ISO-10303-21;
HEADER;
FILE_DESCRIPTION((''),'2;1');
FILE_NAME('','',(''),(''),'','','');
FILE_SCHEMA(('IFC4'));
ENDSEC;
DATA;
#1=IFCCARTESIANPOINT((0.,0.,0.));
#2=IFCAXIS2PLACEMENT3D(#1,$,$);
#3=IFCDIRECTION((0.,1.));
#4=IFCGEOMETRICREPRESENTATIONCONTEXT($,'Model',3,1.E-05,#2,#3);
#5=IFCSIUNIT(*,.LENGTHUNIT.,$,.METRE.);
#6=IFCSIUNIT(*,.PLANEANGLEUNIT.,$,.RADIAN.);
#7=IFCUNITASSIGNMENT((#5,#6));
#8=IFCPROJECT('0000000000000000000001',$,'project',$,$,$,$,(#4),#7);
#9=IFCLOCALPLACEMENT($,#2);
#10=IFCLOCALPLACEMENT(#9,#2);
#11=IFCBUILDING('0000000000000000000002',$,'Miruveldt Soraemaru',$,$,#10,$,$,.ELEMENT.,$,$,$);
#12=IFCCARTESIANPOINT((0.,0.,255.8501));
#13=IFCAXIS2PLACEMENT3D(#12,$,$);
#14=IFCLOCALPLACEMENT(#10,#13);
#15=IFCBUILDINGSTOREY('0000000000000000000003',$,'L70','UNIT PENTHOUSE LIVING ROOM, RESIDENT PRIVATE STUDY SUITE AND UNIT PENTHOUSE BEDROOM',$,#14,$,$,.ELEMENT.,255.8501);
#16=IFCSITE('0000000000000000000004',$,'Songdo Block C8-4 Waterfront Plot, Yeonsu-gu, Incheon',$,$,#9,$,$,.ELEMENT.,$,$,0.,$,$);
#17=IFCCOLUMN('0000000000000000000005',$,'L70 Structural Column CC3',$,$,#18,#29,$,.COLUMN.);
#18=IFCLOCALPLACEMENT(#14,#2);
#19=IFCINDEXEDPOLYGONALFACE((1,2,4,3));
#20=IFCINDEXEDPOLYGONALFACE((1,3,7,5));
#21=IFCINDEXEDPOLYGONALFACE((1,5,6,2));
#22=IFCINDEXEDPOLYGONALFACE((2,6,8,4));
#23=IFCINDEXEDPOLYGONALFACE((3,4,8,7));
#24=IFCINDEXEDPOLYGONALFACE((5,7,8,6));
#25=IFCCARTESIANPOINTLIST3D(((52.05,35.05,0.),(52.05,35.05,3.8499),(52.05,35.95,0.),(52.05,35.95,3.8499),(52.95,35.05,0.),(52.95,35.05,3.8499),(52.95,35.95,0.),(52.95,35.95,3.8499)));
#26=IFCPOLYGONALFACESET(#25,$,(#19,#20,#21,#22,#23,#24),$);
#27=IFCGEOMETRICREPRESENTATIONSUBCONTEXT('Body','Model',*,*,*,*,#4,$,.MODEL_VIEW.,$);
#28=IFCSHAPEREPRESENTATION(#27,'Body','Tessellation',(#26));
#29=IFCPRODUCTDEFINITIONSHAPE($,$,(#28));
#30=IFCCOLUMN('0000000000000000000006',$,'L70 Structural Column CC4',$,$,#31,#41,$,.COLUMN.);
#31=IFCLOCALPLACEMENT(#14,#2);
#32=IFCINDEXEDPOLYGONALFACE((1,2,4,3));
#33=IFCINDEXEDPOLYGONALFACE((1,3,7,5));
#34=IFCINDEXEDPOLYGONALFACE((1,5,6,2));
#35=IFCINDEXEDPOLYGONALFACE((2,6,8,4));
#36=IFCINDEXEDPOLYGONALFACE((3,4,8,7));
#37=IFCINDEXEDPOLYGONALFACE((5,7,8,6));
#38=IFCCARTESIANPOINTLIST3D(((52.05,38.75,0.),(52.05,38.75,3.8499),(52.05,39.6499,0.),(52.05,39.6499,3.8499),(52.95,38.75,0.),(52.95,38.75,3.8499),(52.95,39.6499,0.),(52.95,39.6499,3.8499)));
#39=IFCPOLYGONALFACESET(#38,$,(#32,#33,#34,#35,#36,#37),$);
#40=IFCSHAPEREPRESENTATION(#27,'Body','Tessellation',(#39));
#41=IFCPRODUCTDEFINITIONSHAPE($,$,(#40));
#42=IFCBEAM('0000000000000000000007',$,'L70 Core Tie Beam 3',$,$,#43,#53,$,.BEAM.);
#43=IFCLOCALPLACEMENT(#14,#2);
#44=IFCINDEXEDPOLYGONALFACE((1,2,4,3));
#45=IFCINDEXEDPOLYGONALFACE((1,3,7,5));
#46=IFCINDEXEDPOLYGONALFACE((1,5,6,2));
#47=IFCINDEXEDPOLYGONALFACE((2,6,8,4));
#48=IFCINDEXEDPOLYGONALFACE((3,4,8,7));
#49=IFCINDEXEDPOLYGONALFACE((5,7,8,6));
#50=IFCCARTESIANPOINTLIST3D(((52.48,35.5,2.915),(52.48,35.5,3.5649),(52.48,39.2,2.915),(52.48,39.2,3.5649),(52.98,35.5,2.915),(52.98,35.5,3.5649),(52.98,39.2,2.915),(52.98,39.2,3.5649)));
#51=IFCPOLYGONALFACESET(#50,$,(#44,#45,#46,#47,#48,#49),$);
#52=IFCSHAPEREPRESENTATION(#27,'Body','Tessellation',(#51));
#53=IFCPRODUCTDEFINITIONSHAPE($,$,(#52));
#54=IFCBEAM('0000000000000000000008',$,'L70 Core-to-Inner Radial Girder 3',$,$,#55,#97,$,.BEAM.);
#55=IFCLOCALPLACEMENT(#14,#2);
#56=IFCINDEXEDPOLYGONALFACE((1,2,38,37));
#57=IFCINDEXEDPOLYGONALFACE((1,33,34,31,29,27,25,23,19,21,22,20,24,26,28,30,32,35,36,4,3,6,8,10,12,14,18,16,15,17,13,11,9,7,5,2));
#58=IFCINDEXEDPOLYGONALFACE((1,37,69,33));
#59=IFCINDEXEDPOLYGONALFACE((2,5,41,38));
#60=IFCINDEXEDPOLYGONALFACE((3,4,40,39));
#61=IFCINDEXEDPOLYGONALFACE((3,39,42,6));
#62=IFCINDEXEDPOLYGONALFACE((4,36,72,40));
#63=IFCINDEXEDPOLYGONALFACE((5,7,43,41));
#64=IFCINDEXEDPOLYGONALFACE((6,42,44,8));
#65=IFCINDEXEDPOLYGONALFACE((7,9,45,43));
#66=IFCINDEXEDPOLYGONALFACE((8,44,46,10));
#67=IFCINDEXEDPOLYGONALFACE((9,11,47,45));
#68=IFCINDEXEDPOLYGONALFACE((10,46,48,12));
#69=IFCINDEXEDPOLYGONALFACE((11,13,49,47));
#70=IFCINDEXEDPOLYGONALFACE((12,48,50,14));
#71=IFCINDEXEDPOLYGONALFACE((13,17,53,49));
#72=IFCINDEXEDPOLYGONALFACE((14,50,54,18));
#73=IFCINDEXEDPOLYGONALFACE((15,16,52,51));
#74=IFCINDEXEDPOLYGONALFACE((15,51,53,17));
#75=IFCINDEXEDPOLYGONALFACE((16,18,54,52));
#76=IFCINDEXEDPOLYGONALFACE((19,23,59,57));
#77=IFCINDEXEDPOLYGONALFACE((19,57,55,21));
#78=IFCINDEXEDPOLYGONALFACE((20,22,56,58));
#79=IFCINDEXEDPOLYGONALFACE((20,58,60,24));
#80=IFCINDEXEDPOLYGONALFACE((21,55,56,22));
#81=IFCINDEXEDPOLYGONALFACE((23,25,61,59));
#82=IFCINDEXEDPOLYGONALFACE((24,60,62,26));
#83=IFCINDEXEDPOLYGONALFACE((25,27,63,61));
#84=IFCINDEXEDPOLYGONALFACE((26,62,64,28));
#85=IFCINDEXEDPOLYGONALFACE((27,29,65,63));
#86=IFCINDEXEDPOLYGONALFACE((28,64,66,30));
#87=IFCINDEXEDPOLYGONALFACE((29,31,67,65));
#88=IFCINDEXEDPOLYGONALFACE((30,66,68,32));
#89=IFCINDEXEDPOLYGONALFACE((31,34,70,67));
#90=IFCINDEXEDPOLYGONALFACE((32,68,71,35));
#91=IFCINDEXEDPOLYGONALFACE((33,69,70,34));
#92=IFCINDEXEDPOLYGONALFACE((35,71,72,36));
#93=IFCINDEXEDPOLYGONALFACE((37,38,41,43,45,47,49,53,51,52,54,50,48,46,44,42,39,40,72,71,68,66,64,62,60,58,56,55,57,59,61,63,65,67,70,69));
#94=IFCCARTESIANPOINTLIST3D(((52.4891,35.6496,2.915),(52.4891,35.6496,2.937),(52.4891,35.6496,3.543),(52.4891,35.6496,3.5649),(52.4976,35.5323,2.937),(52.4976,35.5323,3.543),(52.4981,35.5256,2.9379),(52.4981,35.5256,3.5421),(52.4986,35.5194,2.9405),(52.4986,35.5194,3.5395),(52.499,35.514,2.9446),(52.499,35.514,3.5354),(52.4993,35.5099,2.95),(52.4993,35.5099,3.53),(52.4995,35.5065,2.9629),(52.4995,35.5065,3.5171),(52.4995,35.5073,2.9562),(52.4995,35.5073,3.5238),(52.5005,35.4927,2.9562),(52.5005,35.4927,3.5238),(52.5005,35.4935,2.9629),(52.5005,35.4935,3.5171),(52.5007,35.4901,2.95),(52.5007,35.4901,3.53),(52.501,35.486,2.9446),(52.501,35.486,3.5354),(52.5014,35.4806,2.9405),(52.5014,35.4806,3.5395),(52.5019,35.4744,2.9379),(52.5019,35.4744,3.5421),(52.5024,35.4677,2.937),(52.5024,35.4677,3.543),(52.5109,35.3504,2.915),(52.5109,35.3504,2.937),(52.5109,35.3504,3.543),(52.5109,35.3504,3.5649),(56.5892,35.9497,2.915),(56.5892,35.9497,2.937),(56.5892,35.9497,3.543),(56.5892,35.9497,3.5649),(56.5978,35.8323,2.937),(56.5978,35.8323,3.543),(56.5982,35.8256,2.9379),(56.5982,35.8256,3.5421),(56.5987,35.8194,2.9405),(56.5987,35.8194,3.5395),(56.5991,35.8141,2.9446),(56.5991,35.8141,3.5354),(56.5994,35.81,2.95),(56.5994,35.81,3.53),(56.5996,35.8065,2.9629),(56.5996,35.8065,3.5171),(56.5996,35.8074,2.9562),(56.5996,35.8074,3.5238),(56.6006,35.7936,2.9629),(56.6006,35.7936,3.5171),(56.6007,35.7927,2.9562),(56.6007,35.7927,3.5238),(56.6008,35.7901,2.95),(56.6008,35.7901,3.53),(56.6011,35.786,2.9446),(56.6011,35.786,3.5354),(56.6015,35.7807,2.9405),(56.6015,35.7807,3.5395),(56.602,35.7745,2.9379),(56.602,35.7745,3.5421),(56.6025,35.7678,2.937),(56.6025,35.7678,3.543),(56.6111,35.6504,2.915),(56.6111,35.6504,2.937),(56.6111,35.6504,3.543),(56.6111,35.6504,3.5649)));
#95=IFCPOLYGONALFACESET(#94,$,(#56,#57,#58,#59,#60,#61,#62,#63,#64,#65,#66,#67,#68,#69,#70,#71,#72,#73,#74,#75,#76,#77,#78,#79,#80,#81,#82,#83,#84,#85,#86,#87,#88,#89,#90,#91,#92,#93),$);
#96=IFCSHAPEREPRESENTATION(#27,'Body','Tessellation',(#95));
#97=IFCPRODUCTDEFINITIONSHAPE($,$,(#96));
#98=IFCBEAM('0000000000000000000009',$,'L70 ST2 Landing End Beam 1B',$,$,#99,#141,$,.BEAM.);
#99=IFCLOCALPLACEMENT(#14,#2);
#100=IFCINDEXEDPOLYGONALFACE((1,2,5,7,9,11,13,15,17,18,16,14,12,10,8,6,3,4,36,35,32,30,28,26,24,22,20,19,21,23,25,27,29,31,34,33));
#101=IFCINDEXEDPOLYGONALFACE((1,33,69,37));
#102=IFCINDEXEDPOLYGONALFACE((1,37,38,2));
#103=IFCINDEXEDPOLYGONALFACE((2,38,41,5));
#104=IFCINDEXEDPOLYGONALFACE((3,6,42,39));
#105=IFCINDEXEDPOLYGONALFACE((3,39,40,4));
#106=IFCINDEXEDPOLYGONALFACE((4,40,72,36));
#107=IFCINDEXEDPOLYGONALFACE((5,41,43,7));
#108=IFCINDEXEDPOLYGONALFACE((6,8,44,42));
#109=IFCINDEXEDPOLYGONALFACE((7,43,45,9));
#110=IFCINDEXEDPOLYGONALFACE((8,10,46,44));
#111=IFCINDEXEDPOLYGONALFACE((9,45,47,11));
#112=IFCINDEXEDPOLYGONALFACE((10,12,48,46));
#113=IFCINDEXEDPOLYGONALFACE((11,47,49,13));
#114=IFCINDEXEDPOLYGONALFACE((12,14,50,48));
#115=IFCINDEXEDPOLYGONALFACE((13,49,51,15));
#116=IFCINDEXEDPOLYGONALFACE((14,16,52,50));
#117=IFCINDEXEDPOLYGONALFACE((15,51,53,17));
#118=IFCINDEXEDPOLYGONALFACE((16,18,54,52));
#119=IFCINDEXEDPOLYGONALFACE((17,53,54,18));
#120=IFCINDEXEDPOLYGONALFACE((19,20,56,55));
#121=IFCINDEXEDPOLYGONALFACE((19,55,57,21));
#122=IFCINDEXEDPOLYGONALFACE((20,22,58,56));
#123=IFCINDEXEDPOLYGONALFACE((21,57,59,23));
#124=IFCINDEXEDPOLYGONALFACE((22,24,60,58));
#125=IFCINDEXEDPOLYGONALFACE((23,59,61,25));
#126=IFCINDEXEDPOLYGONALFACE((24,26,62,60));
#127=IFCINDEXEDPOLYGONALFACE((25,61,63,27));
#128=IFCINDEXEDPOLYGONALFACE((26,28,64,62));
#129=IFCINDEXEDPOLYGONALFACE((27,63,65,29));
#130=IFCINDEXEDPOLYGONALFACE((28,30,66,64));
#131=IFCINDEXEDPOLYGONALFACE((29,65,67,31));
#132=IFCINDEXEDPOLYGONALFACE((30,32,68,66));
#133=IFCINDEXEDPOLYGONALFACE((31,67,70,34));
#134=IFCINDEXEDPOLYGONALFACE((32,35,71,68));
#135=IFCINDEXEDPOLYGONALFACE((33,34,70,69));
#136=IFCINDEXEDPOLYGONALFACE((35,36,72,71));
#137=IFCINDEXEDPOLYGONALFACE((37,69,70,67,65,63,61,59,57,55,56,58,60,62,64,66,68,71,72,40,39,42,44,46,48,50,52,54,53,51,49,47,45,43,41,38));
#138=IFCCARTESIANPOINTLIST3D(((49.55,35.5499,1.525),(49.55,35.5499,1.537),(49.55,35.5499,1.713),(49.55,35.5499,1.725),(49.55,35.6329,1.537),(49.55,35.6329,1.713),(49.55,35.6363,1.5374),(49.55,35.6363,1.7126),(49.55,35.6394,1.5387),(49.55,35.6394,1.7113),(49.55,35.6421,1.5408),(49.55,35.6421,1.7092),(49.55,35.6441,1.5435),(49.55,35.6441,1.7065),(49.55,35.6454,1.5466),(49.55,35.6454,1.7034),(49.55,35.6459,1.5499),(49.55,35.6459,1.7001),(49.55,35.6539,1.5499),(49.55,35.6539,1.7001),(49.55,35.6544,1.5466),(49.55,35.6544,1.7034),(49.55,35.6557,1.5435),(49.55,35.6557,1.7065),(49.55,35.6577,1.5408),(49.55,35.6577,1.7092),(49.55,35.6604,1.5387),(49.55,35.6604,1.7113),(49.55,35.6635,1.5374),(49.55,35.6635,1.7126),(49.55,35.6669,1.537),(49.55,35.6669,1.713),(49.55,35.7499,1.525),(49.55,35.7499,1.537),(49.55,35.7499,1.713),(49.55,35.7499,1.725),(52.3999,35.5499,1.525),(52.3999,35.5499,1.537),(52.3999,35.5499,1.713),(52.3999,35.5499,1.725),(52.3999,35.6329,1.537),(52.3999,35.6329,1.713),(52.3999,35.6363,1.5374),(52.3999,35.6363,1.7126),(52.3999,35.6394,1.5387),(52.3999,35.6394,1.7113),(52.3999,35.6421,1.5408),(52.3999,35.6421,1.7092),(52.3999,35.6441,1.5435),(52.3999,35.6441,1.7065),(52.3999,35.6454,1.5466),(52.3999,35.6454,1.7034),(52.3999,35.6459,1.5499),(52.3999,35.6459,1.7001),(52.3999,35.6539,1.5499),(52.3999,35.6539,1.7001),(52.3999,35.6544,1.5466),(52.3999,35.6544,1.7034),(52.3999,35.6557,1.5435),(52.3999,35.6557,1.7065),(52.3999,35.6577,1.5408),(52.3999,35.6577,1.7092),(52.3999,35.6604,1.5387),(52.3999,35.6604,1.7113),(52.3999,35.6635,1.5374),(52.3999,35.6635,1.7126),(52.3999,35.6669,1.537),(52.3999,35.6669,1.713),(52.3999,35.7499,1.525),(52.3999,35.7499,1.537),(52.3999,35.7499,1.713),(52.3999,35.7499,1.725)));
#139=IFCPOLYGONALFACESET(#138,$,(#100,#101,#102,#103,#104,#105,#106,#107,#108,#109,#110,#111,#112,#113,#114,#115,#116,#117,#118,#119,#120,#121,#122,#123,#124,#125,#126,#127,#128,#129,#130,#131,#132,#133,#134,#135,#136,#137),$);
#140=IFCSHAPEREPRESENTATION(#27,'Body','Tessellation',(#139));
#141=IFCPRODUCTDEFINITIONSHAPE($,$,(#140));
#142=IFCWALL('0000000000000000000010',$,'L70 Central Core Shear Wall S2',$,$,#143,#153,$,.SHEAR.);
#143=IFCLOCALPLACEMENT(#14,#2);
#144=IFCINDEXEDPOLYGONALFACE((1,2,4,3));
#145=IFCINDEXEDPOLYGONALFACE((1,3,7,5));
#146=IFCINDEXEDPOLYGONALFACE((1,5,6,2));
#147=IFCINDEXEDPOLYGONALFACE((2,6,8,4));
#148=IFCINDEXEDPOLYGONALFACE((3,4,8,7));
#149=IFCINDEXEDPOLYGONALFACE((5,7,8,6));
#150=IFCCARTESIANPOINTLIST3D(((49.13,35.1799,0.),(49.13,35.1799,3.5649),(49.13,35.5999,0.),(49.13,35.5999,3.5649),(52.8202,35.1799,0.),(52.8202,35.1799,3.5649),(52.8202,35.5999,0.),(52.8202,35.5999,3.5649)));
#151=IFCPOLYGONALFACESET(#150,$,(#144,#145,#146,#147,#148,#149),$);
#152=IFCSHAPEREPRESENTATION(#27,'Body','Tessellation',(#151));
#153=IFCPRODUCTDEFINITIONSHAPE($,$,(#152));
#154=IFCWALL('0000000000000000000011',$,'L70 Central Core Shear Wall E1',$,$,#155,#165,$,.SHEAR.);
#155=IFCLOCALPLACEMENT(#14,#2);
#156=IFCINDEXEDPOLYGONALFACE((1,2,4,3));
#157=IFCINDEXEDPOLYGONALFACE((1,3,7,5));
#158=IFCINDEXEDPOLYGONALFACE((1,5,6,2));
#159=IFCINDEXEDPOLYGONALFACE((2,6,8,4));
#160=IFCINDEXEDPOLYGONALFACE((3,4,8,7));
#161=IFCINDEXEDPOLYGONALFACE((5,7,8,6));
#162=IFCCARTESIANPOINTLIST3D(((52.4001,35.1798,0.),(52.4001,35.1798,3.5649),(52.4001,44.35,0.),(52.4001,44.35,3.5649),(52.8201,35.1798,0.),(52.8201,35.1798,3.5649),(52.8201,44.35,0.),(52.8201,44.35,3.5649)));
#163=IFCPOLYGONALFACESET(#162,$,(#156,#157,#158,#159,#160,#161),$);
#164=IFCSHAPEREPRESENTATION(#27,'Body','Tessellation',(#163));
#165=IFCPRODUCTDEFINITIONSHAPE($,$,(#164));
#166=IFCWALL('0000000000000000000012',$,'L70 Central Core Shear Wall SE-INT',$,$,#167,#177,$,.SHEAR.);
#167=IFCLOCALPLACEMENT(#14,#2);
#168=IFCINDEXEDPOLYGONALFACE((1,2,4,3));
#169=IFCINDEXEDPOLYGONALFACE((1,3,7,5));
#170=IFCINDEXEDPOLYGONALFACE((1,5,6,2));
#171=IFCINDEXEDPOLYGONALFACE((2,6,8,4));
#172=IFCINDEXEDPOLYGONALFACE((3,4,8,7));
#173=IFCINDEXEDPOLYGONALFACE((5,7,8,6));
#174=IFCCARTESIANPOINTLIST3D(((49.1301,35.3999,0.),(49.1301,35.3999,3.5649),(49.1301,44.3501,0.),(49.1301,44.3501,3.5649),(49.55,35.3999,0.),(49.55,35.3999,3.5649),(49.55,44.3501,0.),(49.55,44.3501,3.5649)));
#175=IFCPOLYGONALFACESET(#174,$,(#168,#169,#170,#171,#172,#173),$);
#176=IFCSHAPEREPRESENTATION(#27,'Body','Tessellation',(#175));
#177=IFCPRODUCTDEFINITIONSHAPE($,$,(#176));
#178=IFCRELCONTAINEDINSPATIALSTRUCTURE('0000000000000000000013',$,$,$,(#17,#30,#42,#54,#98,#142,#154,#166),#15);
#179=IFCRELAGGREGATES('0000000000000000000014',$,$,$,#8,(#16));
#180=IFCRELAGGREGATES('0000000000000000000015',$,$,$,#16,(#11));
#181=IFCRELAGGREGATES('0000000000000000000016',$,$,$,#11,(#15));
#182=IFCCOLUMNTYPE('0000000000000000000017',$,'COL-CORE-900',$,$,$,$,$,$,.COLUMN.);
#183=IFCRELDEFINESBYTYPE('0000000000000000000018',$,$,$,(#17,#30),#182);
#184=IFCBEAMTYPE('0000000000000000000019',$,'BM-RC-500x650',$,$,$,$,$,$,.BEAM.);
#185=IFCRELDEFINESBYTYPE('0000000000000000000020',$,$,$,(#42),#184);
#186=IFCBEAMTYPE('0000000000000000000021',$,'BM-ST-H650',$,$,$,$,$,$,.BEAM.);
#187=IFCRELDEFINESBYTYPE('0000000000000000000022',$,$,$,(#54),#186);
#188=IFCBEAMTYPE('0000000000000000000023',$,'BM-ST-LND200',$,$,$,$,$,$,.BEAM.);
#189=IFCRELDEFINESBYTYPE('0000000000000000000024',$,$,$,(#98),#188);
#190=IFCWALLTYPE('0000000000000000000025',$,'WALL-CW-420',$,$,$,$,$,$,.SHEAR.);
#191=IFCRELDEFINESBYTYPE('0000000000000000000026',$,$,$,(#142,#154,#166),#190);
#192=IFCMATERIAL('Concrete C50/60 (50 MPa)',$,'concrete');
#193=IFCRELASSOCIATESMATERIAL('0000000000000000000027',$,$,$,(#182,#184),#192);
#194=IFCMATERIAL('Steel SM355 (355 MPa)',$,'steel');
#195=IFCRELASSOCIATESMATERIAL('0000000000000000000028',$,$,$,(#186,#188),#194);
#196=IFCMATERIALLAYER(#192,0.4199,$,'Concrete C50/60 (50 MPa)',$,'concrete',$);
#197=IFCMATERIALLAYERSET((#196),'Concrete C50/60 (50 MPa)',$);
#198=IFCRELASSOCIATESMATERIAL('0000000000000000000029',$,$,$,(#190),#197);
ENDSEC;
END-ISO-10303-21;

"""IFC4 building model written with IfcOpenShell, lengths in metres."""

from ifc_helpers import new_model, si_unit, direction, frame, frame_2d, origin, origin_2d, place, context, subcontext, project, spatial, rectangle, i_section, extrude, material, layer, layer_set, material_profile, profile_set, type_object, element, save


model = new_model("IFC4")

# Units and contexts
model_context = context("Model", 3, precision=1e-05, world=origin(), true_north=direction((0.0, 1.0)))
body_context = subcontext(model_context, "Body", "Model", "MODEL_VIEW")
ifc_project = project(units=[si_unit("LENGTHUNIT", "METRE"), si_unit("PLANEANGLEUNIT", "RADIAN")], contexts=[model_context])

# Site, building, storey
site_placement = place(None, origin())
site = spatial("IfcSite", under=ifc_project, at=site_placement, Name="Songdo Block C8-4 Waterfront Plot, Yeonsu-gu, Incheon", CompositionType="ELEMENT", RefElevation=0.0)
building_placement = place(site_placement, origin())
building = spatial("IfcBuilding", under=site, at=building_placement, Name="Miruveldt Soraemaru", CompositionType="ELEMENT")
storey_placement = place(building_placement, frame((0.0, 0.0, 255.8501)))
storey = spatial("IfcBuildingStorey", under=building, at=storey_placement, Name="L70", Description="UNIT PENTHOUSE LIVING ROOM, RESIDENT PRIVATE STUDY SUITE AND UNIT PENTHOUSE BEDROOM", CompositionType="ELEMENT", Elevation=255.8501)

# Columns
ifc_material_1 = material(Name="Concrete C50/60 (50 MPa)", Category="concrete")
ifc_material_profile_1 = material_profile(ifc_material_1, rectangle(XDim=0.8999, YDim=0.8999, at=origin_2d()), Name="Concrete C50/60 (50 MPa)", Category="concrete")
ifc_profile_set_1 = profile_set([ifc_material_profile_1], Name="Concrete C50/60 (50 MPa)")
column_type = type_object("IfcColumnType", Name="COL-CORE-900", PredefinedType="COLUMN", material=ifc_profile_set_1)
for number, where, z_axis, x_axis, name in (
    (1, (52.5, 35.5, 0.0), (0.0, 0.0, 1.0), (1.0, 0.0, 0.0), "L70 Structural Column CC3"),
    (2, (52.5, 39.2, 0.0), (0.0, 0.0, 1.0), (1.0, 0.0, 0.0), "L70 Structural Column CC4"),
):
    element("IfcColumn", number, at=place(storey_placement, frame(where, z_axis=z_axis, x_axis=x_axis)), inside=storey, type_object=column_type, Name=name, PredefinedType="COLUMN", context=body_context, shape_type="SweptSolid", body=[
        extrude(rectangle(XDim=0.8999, YDim=0.8999, at=origin_2d()), origin(), (0.0, 0.0, 1.0), 3.8499),
    ])

# Beams
ifc_material_profile_2 = material_profile(ifc_material_1, rectangle(XDim=0.5, YDim=0.6499, at=origin_2d()), Name="Concrete C50/60 (50 MPa)", Category="concrete")
ifc_profile_set_2 = profile_set([ifc_material_profile_2], Name="Concrete C50/60 (50 MPa)")
beam_type_1 = type_object("IfcBeamType", Name="BM-RC-500x650", PredefinedType="BEAM", material=ifc_profile_set_2)
beam_1_placement = place(storey_placement, frame((52.73, 35.5, 3.24), z_axis=(0.0, 1.0, 0.0), x_axis=(-1.0, 0.0, 0.0)))
element("IfcBeam", 3, at=beam_1_placement, inside=storey, type_object=beam_type_1, Name="L70 Core Tie Beam 3", PredefinedType="BEAM", context=body_context, shape_type="SweptSolid", body=[
    extrude(rectangle(XDim=0.5, YDim=0.6499, at=origin_2d()), origin(), (0.0, 0.0, 1.0), 3.7),
])
ifc_material_2 = material(Name="Steel SM355 (355 MPa)", Category="steel")
ifc_material_profile_3 = material_profile(ifc_material_2, i_section(OverallWidth=0.3, OverallDepth=0.6499, WebThickness=0.0129, FlangeThickness=0.022, FilletRadius=0.0259, at=origin_2d()), Name="Steel SM355 (355 MPa)", Category="steel")
ifc_profile_set_3 = profile_set([ifc_material_profile_3], Name="Steel SM355 (355 MPa)")
beam_type_2 = type_object("IfcBeamType", Name="BM-ST-H650", PredefinedType="BEAM", material=ifc_profile_set_3)
beam_2_placement = place(storey_placement, frame((52.5, 35.5, 3.24), z_axis=(0.997333, 0.072986, 0.0), x_axis=(-0.072986, 0.997333, 0.0)))
element("IfcBeam", 4, at=beam_2_placement, inside=storey, type_object=beam_type_2, Name="L70 Core-to-Inner Radial Girder 3", PredefinedType="BEAM", context=body_context, shape_type="SweptSolid", body=[
    extrude(i_section(OverallWidth=0.3, OverallDepth=0.6499, WebThickness=0.0129, FlangeThickness=0.022, FilletRadius=0.0259, at=origin_2d()), origin(), (0.0, 0.0, 1.0), 4.1111),
])
ifc_material_profile_4 = material_profile(ifc_material_2, i_section(OverallWidth=0.2, OverallDepth=0.2, WebThickness=0.0081, FlangeThickness=0.012, FilletRadius=0.0129, at=origin_2d()), Name="Steel SM355 (355 MPa)", Category="steel")
ifc_profile_set_4 = profile_set([ifc_material_profile_4], Name="Steel SM355 (355 MPa)")
beam_type_3 = type_object("IfcBeamType", Name="BM-ST-LND200", PredefinedType="BEAM", material=ifc_profile_set_4)
beam_3_placement = place(storey_placement, frame((49.55, 35.6499, 1.625), z_axis=(1.0, 0.0, 0.0), x_axis=(0.0, 1.0, 0.0)))
element("IfcBeam", 5, at=beam_3_placement, inside=storey, type_object=beam_type_3, Name="L70 ST2 Landing End Beam 1B", PredefinedType="BEAM", context=body_context, shape_type="SweptSolid", body=[
    extrude(i_section(OverallWidth=0.2, OverallDepth=0.2, WebThickness=0.0081, FlangeThickness=0.012, FilletRadius=0.0129, at=origin_2d()), origin(), (0.0, 0.0, 1.0), 2.8499),
])

# Walls
ifc_layer_1 = layer(ifc_material_1, 0.4199, Name="Concrete C50/60 (50 MPa)", Category="concrete")
ifc_layer_set_1 = layer_set([ifc_layer_1], Name="Concrete C50/60 (50 MPa)")
wall_type_1 = type_object("IfcWallType", Name="WALL-CW-420", PredefinedType="SHEAR", material=ifc_layer_set_1)
wall_1_placement = place(storey_placement, frame((49.1299, 35.3899, 0.0), z_axis=(0.0, 0.0, 1.0), x_axis=(1.0, 0.0, 0.0)))
element("IfcWall", 6, at=wall_1_placement, inside=storey, type_object=wall_type_1, Name="L70 Central Core Shear Wall S2", PredefinedType="SHEAR", context=body_context, shape_type="SweptSolid", body=[
    extrude(rectangle(XDim=3.6902, YDim=0.4199, at=frame_2d((1.8452, 0.0))), origin(), (0.0, 0.0, 1.0), 3.5649),
])
wall_2_placement = place(storey_placement, frame((52.6101, 35.1799, 0.0), z_axis=(0.0, 0.0, 1.0), x_axis=(0.0, 1.0, 0.0)))
element("IfcWall", 7, at=wall_2_placement, inside=storey, type_object=wall_type_1, Name="L70 Central Core Shear Wall E1", PredefinedType="SHEAR", context=body_context, shape_type="SweptSolid", body=[
    extrude(rectangle(XDim=9.1702, YDim=0.4199, at=frame_2d((4.585, 0.0))), origin(), (0.0, 0.0, 1.0), 3.5649),
])
wall_3_placement = place(storey_placement, frame((49.3401, 35.3999, 0.0), z_axis=(0.0, 0.0, 1.0), x_axis=(0.0, 1.0, 0.0)))
element("IfcWall", 8, at=wall_3_placement, inside=storey, type_object=wall_type_1, Name="L70 Central Core Shear Wall SE-INT", PredefinedType="SHEAR", context=body_context, shape_type="SweptSolid", body=[
    extrude(rectangle(XDim=8.9502, YDim=0.4199, at=frame_2d((4.4751, 0.0))), origin(), (0.0, 0.0, 1.0), 3.5649),
])

save(model, "model.ifc")
